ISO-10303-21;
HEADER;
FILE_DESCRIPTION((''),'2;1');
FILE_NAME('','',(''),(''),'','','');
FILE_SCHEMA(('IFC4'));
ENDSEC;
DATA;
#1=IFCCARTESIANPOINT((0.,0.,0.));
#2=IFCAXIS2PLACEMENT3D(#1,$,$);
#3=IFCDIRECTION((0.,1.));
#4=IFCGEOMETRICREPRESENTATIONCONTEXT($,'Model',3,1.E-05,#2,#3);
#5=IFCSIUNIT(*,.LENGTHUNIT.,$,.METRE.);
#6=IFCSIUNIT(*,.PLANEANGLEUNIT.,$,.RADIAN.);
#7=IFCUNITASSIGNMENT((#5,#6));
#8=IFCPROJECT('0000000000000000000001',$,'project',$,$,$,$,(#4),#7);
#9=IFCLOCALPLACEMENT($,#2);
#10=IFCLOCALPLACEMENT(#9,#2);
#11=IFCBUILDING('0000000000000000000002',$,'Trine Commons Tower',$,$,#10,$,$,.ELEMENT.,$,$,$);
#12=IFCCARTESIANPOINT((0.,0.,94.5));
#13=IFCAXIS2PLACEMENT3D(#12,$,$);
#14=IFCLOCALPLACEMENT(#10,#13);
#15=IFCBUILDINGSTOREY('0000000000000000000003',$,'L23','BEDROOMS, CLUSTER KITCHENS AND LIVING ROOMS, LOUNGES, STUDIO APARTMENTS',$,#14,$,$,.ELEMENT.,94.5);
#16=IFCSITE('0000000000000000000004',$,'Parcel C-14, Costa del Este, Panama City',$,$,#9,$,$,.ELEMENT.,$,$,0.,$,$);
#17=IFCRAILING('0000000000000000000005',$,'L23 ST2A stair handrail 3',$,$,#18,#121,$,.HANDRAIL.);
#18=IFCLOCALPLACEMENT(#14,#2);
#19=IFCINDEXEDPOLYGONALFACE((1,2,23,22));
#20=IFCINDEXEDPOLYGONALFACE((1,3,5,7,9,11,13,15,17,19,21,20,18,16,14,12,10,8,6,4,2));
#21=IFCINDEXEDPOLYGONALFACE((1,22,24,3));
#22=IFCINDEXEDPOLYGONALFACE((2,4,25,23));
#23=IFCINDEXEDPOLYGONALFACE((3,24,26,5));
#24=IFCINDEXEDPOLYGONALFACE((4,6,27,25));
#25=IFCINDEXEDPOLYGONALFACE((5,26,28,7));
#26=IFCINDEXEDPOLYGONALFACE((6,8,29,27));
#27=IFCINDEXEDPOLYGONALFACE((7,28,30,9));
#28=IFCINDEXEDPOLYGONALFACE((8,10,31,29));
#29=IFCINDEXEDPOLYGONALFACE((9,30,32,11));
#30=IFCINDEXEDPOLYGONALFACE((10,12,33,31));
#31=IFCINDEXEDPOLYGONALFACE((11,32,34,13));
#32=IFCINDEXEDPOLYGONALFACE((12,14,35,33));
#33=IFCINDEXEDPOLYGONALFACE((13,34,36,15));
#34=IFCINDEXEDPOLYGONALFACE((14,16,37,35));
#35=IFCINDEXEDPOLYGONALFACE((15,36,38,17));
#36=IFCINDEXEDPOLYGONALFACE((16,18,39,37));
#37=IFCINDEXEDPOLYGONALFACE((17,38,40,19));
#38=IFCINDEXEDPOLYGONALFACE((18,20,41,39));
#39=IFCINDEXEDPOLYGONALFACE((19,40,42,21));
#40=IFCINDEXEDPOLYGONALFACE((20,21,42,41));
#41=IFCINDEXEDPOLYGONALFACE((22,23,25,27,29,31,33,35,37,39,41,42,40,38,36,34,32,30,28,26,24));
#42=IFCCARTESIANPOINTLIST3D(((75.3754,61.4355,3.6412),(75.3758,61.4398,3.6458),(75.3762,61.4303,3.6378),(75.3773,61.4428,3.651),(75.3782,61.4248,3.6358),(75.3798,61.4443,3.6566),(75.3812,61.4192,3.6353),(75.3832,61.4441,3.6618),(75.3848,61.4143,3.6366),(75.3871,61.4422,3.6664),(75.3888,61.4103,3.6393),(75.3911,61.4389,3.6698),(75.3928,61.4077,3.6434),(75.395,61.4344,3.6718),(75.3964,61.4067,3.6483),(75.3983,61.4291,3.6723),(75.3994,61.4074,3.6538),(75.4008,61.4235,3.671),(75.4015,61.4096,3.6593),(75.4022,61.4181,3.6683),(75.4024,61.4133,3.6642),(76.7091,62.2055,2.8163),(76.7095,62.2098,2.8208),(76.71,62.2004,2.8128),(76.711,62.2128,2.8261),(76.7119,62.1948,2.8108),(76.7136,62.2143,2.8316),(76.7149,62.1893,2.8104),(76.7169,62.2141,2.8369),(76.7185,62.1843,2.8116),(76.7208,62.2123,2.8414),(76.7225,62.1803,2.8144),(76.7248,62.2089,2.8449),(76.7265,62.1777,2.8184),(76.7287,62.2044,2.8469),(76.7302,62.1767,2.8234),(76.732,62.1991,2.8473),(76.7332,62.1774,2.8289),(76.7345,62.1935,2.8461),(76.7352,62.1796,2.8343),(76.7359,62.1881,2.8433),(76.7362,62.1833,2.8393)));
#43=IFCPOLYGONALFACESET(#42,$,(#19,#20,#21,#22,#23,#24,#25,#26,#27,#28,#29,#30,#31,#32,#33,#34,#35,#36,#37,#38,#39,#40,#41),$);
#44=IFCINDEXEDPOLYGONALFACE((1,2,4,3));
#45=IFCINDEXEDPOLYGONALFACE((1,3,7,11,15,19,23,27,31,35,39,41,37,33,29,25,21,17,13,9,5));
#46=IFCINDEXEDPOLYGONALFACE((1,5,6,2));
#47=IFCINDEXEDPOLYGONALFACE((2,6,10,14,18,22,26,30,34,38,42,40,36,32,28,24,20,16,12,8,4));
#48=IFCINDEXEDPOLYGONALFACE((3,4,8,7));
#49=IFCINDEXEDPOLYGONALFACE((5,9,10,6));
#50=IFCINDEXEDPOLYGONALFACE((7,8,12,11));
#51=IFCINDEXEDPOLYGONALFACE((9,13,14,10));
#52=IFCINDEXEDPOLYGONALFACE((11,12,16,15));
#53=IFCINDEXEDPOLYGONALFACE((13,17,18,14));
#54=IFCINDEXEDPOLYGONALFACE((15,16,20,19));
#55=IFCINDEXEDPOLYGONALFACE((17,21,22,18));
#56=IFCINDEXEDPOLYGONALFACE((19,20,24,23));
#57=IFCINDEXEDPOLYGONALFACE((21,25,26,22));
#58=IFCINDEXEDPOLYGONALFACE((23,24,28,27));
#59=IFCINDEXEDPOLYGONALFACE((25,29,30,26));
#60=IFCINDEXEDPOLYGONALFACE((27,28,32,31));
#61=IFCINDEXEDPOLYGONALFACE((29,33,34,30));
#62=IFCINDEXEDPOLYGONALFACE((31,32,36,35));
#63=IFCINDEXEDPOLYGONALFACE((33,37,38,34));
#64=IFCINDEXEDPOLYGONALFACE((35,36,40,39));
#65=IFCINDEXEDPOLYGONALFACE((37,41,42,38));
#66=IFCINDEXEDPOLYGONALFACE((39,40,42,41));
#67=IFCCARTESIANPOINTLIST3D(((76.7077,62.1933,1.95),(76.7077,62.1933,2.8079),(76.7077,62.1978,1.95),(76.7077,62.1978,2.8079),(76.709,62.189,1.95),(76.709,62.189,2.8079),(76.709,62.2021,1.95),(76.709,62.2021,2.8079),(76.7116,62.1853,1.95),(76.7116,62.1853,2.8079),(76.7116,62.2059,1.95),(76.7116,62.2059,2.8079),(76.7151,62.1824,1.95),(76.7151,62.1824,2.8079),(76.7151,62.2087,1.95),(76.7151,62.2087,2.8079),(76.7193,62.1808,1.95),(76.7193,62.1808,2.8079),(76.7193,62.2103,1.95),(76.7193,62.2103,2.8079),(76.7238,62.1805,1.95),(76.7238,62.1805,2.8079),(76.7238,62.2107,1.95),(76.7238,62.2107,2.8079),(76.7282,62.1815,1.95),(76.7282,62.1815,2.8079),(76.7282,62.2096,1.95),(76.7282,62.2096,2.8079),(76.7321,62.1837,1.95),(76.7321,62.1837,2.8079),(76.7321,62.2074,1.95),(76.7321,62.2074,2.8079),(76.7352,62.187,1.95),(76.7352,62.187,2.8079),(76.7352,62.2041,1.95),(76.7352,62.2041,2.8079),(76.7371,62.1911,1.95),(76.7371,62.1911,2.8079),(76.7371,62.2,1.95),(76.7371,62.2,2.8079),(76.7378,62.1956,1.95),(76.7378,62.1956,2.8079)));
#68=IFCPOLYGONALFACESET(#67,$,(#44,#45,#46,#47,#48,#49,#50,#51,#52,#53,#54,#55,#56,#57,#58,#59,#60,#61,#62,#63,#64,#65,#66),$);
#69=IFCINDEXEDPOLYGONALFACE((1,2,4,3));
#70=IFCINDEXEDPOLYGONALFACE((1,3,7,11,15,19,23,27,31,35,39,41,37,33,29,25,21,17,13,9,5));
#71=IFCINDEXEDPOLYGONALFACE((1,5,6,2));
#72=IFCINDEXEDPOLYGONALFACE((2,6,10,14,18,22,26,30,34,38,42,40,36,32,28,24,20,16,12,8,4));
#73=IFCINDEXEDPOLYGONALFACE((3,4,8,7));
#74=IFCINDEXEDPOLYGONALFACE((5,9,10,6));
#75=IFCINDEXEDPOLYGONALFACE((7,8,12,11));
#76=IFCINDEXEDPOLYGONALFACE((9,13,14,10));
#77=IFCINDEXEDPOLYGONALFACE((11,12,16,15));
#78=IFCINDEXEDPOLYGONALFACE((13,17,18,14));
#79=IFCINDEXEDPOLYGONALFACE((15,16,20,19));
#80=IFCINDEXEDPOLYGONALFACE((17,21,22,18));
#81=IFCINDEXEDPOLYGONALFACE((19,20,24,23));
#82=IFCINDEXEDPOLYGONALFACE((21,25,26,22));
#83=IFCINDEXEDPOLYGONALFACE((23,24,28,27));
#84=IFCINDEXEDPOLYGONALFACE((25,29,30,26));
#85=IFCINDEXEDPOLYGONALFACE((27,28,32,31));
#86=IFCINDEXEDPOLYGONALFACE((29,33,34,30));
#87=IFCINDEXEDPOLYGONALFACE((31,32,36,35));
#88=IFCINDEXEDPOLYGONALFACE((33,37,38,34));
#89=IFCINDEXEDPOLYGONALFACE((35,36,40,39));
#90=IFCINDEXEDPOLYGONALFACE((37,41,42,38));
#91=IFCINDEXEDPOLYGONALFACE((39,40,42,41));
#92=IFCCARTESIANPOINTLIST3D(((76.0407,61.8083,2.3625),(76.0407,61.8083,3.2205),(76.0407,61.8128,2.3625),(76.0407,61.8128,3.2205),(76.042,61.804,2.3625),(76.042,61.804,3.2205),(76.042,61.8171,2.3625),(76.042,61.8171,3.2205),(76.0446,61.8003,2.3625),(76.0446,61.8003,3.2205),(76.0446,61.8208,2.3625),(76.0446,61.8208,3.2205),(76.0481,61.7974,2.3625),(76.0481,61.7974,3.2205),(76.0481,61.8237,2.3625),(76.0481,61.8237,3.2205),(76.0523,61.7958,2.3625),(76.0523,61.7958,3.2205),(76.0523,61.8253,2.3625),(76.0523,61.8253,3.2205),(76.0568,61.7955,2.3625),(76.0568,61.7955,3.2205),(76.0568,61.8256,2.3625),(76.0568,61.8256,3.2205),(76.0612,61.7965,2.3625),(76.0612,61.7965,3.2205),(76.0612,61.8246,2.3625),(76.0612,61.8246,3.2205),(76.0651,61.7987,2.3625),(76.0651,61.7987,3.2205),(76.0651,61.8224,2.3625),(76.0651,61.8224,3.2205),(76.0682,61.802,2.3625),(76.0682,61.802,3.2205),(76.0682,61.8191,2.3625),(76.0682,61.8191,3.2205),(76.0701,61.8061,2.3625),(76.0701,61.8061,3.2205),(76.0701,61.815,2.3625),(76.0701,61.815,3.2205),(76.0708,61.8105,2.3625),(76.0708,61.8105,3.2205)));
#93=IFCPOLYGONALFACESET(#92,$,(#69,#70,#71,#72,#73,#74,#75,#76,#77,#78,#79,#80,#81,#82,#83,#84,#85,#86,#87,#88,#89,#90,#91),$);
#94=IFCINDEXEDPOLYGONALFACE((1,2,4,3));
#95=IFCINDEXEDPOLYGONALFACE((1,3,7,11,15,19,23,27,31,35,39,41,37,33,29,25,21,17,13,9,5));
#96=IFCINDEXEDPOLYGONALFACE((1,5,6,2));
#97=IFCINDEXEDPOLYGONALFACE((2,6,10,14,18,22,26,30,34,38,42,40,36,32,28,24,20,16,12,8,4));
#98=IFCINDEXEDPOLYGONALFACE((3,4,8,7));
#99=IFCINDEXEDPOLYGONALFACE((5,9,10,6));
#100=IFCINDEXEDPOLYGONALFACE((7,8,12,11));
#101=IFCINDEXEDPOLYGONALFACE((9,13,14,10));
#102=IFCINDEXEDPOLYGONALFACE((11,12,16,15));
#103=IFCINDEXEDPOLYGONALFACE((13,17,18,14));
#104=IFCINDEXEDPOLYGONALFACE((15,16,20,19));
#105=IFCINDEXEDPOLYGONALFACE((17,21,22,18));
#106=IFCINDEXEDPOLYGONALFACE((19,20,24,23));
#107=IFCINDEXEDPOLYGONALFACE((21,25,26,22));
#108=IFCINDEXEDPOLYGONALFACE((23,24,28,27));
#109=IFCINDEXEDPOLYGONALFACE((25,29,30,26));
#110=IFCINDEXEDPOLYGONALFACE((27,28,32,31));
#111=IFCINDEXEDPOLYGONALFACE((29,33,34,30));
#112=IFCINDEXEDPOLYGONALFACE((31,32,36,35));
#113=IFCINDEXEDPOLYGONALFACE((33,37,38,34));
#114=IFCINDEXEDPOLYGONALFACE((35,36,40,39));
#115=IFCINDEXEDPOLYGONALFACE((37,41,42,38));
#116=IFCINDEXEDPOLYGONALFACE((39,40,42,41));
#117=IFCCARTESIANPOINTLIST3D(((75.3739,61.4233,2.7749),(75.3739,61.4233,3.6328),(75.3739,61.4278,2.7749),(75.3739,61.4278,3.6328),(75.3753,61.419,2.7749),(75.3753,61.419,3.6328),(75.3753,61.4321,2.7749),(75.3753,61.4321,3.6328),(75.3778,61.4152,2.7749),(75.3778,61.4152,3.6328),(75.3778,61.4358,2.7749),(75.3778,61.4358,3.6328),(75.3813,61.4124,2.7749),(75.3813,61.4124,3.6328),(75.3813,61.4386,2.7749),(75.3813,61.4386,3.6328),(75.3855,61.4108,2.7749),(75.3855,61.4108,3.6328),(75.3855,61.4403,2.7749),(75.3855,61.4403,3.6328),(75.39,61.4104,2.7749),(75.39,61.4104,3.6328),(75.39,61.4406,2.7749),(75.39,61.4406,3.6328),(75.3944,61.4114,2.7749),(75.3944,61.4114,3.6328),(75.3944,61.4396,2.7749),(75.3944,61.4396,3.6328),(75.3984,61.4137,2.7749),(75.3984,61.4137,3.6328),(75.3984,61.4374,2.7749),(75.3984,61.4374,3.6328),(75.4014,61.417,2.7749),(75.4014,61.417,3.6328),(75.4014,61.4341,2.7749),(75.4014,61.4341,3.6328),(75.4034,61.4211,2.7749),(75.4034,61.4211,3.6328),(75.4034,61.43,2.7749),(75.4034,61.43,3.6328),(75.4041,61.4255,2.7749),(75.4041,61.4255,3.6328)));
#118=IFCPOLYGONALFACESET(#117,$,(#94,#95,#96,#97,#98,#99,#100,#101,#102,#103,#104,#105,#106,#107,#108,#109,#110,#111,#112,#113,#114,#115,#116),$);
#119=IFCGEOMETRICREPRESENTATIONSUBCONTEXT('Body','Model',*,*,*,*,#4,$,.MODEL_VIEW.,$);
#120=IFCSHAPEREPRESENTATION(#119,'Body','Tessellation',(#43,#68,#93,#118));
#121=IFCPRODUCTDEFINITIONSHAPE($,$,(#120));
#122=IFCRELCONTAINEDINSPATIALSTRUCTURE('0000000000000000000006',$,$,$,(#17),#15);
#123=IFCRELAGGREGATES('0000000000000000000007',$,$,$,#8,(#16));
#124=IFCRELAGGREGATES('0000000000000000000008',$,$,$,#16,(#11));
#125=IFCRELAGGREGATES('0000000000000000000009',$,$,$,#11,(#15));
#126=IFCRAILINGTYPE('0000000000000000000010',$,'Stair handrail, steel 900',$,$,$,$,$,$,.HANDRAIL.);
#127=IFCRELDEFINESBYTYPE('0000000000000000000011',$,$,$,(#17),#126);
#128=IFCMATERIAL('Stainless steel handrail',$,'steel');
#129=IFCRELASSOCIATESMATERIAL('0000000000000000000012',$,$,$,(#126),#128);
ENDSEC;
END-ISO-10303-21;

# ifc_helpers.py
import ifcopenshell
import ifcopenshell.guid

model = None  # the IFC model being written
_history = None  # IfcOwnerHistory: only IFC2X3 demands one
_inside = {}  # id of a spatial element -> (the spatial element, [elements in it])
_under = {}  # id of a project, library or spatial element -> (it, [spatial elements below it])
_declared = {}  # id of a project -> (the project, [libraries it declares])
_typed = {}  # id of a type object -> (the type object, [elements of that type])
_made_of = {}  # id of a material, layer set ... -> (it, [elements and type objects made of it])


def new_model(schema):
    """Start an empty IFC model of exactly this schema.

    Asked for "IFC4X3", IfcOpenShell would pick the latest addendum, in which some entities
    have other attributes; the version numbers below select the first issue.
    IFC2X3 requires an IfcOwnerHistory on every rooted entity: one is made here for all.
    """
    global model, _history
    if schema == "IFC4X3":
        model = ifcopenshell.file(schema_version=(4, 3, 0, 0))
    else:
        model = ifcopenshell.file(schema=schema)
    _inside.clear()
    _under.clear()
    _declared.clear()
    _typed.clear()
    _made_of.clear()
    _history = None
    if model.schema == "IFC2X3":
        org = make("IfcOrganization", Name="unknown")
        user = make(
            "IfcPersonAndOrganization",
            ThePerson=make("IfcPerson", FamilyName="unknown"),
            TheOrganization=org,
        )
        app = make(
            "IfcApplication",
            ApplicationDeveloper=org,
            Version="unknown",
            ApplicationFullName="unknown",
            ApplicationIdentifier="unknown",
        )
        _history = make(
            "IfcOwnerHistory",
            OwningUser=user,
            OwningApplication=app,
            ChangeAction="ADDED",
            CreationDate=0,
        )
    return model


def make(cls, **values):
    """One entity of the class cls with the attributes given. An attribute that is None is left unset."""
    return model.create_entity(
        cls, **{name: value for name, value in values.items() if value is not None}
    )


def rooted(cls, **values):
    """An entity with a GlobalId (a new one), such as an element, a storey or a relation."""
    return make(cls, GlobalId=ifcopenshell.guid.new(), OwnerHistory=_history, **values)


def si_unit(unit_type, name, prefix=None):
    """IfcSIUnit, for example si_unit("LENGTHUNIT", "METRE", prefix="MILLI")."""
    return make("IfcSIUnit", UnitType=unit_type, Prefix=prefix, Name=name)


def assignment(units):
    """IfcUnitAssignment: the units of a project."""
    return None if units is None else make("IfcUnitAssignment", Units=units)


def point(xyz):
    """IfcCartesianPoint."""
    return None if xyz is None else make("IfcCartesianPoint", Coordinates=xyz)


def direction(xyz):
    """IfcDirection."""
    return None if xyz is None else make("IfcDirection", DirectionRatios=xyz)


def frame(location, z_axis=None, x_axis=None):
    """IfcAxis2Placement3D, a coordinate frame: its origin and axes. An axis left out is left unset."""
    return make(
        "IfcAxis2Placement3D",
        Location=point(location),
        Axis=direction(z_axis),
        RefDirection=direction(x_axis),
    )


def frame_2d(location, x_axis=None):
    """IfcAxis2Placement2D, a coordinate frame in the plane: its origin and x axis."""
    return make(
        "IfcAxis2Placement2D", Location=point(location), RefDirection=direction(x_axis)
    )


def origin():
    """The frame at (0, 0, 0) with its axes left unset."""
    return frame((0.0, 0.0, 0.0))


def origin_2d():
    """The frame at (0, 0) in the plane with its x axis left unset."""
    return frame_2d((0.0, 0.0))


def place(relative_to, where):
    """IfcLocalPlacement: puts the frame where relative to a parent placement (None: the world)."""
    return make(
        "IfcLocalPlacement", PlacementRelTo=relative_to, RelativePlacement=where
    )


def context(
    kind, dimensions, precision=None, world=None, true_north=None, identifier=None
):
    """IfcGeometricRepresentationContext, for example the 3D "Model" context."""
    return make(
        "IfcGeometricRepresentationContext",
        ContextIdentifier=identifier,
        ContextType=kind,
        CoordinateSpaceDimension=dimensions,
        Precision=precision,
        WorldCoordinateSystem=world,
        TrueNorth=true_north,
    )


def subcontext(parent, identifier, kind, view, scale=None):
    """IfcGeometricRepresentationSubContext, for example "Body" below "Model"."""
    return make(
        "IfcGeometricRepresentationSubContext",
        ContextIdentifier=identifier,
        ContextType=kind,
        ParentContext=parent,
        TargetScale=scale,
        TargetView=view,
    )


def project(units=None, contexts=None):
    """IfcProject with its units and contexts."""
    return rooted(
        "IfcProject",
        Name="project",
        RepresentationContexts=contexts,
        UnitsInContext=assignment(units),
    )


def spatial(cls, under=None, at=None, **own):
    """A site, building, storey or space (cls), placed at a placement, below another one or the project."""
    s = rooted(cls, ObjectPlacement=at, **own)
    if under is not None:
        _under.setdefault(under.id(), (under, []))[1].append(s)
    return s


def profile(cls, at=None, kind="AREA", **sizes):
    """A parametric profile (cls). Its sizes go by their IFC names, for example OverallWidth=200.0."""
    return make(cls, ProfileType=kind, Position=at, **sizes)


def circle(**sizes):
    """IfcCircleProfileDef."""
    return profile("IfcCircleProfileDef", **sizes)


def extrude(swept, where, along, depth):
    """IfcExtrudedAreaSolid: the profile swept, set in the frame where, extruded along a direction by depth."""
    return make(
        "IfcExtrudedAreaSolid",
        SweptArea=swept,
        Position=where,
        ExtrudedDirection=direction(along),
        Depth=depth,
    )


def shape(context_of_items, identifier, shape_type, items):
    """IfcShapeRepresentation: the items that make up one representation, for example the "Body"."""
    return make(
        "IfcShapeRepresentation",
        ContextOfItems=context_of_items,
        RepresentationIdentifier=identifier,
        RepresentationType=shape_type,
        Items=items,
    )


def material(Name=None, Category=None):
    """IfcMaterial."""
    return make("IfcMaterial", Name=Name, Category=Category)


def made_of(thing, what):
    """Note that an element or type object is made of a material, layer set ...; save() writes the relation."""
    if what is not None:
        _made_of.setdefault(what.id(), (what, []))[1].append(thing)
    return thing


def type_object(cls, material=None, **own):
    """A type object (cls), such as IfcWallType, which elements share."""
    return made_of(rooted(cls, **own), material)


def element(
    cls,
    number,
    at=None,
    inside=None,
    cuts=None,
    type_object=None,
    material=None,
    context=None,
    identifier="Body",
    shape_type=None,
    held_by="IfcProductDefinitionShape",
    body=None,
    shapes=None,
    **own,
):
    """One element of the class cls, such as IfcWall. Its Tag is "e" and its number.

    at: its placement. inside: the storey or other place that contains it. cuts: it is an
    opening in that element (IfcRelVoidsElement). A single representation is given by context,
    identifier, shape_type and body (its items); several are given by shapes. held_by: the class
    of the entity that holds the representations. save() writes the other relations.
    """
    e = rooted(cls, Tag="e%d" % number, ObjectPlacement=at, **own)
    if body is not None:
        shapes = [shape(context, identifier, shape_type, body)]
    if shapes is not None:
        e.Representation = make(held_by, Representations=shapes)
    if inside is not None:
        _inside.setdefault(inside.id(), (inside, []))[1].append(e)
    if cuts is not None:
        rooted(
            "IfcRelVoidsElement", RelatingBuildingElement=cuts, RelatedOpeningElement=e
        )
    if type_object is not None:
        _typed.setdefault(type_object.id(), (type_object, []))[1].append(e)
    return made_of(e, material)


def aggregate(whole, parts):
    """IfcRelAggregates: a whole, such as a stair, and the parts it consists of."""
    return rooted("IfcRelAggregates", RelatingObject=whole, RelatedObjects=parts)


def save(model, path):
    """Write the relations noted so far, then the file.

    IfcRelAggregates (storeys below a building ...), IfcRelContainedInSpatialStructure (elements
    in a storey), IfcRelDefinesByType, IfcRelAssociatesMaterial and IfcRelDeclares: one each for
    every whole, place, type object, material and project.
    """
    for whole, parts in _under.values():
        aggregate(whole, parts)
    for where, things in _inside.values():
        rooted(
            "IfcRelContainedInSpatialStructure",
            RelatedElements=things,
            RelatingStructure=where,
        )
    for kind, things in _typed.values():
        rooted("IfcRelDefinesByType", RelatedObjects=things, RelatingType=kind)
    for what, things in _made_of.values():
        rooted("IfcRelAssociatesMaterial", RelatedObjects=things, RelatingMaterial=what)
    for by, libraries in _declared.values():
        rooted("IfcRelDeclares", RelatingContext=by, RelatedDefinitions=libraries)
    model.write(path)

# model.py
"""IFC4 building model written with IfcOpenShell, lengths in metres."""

from ifc_helpers import new_model, si_unit, direction, frame, origin, origin_2d, place, context, subcontext, project, spatial, circle, extrude, material, type_object, element, save


model = new_model("IFC4")

# Units and contexts
model_context = context("Model", 3, precision=1e-05, world=origin(), true_north=direction((0.0, 1.0)))
body_context = subcontext(model_context, "Body", "Model", "MODEL_VIEW")
ifc_project = project(units=[si_unit("LENGTHUNIT", "METRE"), si_unit("PLANEANGLEUNIT", "RADIAN")], contexts=[model_context])

# Site, building, storey
site_placement = place(None, origin())
site = spatial("IfcSite", under=ifc_project, at=site_placement, Name="Parcel C-14, Costa del Este, Panama City", CompositionType="ELEMENT", RefElevation=0.0)
building_placement = place(site_placement, origin())
building = spatial("IfcBuilding", under=site, at=building_placement, Name="Trine Commons Tower", CompositionType="ELEMENT")
storey_placement = place(building_placement, frame((0.0, 0.0, 94.5)))
storey = spatial("IfcBuildingStorey", under=building, at=storey_placement, Name="L23", Description="BEDROOMS, CLUSTER KITCHENS AND LIVING ROOMS, LOUNGES, STUDIO APARTMENTS", CompositionType="ELEMENT", Elevation=94.5)

# Railing
ifc_material_1 = material(Name="Stainless steel handrail", Category="steel")
railing_type_1 = type_object("IfcRailingType", Name="Stair handrail, steel 900", PredefinedType="HANDRAIL", material=ifc_material_1)
railing_1_placement = place(storey_placement, frame((76.7227, 62.1956, 1.95)))
element("IfcRailing", 1, at=railing_1_placement, inside=storey, type_object=railing_type_1, Name="L23 ST2A stair handrail 3", PredefinedType="HANDRAIL", context=body_context, shape_type="SweptSolid", body=[
    extrude(circle(Radius=0.021, at=origin_2d()), frame((0.0, 0.0, 0.8789), z_axis=(-0.763405, -0.440743, 0.472185), x_axis=(0.499992, -0.86603, 0.0)), (0.0, 0.0, 1.0), 1.7471),
    extrude(circle(Radius=0.0151, at=origin_2d()), origin(), (0.0, 0.0, 1.0), 0.8579),
    extrude(circle(Radius=0.0151, at=origin_2d()), frame((-0.667, -0.385, 0.4126)), (0.0, 0.0, 1.0), 0.8579),
    extrude(circle(Radius=0.0151, at=origin_2d()), frame((-1.3337, -0.77, 0.825)), (0.0, 0.0, 1.0), 0.8579),
])

save(model, "model.ifc")
